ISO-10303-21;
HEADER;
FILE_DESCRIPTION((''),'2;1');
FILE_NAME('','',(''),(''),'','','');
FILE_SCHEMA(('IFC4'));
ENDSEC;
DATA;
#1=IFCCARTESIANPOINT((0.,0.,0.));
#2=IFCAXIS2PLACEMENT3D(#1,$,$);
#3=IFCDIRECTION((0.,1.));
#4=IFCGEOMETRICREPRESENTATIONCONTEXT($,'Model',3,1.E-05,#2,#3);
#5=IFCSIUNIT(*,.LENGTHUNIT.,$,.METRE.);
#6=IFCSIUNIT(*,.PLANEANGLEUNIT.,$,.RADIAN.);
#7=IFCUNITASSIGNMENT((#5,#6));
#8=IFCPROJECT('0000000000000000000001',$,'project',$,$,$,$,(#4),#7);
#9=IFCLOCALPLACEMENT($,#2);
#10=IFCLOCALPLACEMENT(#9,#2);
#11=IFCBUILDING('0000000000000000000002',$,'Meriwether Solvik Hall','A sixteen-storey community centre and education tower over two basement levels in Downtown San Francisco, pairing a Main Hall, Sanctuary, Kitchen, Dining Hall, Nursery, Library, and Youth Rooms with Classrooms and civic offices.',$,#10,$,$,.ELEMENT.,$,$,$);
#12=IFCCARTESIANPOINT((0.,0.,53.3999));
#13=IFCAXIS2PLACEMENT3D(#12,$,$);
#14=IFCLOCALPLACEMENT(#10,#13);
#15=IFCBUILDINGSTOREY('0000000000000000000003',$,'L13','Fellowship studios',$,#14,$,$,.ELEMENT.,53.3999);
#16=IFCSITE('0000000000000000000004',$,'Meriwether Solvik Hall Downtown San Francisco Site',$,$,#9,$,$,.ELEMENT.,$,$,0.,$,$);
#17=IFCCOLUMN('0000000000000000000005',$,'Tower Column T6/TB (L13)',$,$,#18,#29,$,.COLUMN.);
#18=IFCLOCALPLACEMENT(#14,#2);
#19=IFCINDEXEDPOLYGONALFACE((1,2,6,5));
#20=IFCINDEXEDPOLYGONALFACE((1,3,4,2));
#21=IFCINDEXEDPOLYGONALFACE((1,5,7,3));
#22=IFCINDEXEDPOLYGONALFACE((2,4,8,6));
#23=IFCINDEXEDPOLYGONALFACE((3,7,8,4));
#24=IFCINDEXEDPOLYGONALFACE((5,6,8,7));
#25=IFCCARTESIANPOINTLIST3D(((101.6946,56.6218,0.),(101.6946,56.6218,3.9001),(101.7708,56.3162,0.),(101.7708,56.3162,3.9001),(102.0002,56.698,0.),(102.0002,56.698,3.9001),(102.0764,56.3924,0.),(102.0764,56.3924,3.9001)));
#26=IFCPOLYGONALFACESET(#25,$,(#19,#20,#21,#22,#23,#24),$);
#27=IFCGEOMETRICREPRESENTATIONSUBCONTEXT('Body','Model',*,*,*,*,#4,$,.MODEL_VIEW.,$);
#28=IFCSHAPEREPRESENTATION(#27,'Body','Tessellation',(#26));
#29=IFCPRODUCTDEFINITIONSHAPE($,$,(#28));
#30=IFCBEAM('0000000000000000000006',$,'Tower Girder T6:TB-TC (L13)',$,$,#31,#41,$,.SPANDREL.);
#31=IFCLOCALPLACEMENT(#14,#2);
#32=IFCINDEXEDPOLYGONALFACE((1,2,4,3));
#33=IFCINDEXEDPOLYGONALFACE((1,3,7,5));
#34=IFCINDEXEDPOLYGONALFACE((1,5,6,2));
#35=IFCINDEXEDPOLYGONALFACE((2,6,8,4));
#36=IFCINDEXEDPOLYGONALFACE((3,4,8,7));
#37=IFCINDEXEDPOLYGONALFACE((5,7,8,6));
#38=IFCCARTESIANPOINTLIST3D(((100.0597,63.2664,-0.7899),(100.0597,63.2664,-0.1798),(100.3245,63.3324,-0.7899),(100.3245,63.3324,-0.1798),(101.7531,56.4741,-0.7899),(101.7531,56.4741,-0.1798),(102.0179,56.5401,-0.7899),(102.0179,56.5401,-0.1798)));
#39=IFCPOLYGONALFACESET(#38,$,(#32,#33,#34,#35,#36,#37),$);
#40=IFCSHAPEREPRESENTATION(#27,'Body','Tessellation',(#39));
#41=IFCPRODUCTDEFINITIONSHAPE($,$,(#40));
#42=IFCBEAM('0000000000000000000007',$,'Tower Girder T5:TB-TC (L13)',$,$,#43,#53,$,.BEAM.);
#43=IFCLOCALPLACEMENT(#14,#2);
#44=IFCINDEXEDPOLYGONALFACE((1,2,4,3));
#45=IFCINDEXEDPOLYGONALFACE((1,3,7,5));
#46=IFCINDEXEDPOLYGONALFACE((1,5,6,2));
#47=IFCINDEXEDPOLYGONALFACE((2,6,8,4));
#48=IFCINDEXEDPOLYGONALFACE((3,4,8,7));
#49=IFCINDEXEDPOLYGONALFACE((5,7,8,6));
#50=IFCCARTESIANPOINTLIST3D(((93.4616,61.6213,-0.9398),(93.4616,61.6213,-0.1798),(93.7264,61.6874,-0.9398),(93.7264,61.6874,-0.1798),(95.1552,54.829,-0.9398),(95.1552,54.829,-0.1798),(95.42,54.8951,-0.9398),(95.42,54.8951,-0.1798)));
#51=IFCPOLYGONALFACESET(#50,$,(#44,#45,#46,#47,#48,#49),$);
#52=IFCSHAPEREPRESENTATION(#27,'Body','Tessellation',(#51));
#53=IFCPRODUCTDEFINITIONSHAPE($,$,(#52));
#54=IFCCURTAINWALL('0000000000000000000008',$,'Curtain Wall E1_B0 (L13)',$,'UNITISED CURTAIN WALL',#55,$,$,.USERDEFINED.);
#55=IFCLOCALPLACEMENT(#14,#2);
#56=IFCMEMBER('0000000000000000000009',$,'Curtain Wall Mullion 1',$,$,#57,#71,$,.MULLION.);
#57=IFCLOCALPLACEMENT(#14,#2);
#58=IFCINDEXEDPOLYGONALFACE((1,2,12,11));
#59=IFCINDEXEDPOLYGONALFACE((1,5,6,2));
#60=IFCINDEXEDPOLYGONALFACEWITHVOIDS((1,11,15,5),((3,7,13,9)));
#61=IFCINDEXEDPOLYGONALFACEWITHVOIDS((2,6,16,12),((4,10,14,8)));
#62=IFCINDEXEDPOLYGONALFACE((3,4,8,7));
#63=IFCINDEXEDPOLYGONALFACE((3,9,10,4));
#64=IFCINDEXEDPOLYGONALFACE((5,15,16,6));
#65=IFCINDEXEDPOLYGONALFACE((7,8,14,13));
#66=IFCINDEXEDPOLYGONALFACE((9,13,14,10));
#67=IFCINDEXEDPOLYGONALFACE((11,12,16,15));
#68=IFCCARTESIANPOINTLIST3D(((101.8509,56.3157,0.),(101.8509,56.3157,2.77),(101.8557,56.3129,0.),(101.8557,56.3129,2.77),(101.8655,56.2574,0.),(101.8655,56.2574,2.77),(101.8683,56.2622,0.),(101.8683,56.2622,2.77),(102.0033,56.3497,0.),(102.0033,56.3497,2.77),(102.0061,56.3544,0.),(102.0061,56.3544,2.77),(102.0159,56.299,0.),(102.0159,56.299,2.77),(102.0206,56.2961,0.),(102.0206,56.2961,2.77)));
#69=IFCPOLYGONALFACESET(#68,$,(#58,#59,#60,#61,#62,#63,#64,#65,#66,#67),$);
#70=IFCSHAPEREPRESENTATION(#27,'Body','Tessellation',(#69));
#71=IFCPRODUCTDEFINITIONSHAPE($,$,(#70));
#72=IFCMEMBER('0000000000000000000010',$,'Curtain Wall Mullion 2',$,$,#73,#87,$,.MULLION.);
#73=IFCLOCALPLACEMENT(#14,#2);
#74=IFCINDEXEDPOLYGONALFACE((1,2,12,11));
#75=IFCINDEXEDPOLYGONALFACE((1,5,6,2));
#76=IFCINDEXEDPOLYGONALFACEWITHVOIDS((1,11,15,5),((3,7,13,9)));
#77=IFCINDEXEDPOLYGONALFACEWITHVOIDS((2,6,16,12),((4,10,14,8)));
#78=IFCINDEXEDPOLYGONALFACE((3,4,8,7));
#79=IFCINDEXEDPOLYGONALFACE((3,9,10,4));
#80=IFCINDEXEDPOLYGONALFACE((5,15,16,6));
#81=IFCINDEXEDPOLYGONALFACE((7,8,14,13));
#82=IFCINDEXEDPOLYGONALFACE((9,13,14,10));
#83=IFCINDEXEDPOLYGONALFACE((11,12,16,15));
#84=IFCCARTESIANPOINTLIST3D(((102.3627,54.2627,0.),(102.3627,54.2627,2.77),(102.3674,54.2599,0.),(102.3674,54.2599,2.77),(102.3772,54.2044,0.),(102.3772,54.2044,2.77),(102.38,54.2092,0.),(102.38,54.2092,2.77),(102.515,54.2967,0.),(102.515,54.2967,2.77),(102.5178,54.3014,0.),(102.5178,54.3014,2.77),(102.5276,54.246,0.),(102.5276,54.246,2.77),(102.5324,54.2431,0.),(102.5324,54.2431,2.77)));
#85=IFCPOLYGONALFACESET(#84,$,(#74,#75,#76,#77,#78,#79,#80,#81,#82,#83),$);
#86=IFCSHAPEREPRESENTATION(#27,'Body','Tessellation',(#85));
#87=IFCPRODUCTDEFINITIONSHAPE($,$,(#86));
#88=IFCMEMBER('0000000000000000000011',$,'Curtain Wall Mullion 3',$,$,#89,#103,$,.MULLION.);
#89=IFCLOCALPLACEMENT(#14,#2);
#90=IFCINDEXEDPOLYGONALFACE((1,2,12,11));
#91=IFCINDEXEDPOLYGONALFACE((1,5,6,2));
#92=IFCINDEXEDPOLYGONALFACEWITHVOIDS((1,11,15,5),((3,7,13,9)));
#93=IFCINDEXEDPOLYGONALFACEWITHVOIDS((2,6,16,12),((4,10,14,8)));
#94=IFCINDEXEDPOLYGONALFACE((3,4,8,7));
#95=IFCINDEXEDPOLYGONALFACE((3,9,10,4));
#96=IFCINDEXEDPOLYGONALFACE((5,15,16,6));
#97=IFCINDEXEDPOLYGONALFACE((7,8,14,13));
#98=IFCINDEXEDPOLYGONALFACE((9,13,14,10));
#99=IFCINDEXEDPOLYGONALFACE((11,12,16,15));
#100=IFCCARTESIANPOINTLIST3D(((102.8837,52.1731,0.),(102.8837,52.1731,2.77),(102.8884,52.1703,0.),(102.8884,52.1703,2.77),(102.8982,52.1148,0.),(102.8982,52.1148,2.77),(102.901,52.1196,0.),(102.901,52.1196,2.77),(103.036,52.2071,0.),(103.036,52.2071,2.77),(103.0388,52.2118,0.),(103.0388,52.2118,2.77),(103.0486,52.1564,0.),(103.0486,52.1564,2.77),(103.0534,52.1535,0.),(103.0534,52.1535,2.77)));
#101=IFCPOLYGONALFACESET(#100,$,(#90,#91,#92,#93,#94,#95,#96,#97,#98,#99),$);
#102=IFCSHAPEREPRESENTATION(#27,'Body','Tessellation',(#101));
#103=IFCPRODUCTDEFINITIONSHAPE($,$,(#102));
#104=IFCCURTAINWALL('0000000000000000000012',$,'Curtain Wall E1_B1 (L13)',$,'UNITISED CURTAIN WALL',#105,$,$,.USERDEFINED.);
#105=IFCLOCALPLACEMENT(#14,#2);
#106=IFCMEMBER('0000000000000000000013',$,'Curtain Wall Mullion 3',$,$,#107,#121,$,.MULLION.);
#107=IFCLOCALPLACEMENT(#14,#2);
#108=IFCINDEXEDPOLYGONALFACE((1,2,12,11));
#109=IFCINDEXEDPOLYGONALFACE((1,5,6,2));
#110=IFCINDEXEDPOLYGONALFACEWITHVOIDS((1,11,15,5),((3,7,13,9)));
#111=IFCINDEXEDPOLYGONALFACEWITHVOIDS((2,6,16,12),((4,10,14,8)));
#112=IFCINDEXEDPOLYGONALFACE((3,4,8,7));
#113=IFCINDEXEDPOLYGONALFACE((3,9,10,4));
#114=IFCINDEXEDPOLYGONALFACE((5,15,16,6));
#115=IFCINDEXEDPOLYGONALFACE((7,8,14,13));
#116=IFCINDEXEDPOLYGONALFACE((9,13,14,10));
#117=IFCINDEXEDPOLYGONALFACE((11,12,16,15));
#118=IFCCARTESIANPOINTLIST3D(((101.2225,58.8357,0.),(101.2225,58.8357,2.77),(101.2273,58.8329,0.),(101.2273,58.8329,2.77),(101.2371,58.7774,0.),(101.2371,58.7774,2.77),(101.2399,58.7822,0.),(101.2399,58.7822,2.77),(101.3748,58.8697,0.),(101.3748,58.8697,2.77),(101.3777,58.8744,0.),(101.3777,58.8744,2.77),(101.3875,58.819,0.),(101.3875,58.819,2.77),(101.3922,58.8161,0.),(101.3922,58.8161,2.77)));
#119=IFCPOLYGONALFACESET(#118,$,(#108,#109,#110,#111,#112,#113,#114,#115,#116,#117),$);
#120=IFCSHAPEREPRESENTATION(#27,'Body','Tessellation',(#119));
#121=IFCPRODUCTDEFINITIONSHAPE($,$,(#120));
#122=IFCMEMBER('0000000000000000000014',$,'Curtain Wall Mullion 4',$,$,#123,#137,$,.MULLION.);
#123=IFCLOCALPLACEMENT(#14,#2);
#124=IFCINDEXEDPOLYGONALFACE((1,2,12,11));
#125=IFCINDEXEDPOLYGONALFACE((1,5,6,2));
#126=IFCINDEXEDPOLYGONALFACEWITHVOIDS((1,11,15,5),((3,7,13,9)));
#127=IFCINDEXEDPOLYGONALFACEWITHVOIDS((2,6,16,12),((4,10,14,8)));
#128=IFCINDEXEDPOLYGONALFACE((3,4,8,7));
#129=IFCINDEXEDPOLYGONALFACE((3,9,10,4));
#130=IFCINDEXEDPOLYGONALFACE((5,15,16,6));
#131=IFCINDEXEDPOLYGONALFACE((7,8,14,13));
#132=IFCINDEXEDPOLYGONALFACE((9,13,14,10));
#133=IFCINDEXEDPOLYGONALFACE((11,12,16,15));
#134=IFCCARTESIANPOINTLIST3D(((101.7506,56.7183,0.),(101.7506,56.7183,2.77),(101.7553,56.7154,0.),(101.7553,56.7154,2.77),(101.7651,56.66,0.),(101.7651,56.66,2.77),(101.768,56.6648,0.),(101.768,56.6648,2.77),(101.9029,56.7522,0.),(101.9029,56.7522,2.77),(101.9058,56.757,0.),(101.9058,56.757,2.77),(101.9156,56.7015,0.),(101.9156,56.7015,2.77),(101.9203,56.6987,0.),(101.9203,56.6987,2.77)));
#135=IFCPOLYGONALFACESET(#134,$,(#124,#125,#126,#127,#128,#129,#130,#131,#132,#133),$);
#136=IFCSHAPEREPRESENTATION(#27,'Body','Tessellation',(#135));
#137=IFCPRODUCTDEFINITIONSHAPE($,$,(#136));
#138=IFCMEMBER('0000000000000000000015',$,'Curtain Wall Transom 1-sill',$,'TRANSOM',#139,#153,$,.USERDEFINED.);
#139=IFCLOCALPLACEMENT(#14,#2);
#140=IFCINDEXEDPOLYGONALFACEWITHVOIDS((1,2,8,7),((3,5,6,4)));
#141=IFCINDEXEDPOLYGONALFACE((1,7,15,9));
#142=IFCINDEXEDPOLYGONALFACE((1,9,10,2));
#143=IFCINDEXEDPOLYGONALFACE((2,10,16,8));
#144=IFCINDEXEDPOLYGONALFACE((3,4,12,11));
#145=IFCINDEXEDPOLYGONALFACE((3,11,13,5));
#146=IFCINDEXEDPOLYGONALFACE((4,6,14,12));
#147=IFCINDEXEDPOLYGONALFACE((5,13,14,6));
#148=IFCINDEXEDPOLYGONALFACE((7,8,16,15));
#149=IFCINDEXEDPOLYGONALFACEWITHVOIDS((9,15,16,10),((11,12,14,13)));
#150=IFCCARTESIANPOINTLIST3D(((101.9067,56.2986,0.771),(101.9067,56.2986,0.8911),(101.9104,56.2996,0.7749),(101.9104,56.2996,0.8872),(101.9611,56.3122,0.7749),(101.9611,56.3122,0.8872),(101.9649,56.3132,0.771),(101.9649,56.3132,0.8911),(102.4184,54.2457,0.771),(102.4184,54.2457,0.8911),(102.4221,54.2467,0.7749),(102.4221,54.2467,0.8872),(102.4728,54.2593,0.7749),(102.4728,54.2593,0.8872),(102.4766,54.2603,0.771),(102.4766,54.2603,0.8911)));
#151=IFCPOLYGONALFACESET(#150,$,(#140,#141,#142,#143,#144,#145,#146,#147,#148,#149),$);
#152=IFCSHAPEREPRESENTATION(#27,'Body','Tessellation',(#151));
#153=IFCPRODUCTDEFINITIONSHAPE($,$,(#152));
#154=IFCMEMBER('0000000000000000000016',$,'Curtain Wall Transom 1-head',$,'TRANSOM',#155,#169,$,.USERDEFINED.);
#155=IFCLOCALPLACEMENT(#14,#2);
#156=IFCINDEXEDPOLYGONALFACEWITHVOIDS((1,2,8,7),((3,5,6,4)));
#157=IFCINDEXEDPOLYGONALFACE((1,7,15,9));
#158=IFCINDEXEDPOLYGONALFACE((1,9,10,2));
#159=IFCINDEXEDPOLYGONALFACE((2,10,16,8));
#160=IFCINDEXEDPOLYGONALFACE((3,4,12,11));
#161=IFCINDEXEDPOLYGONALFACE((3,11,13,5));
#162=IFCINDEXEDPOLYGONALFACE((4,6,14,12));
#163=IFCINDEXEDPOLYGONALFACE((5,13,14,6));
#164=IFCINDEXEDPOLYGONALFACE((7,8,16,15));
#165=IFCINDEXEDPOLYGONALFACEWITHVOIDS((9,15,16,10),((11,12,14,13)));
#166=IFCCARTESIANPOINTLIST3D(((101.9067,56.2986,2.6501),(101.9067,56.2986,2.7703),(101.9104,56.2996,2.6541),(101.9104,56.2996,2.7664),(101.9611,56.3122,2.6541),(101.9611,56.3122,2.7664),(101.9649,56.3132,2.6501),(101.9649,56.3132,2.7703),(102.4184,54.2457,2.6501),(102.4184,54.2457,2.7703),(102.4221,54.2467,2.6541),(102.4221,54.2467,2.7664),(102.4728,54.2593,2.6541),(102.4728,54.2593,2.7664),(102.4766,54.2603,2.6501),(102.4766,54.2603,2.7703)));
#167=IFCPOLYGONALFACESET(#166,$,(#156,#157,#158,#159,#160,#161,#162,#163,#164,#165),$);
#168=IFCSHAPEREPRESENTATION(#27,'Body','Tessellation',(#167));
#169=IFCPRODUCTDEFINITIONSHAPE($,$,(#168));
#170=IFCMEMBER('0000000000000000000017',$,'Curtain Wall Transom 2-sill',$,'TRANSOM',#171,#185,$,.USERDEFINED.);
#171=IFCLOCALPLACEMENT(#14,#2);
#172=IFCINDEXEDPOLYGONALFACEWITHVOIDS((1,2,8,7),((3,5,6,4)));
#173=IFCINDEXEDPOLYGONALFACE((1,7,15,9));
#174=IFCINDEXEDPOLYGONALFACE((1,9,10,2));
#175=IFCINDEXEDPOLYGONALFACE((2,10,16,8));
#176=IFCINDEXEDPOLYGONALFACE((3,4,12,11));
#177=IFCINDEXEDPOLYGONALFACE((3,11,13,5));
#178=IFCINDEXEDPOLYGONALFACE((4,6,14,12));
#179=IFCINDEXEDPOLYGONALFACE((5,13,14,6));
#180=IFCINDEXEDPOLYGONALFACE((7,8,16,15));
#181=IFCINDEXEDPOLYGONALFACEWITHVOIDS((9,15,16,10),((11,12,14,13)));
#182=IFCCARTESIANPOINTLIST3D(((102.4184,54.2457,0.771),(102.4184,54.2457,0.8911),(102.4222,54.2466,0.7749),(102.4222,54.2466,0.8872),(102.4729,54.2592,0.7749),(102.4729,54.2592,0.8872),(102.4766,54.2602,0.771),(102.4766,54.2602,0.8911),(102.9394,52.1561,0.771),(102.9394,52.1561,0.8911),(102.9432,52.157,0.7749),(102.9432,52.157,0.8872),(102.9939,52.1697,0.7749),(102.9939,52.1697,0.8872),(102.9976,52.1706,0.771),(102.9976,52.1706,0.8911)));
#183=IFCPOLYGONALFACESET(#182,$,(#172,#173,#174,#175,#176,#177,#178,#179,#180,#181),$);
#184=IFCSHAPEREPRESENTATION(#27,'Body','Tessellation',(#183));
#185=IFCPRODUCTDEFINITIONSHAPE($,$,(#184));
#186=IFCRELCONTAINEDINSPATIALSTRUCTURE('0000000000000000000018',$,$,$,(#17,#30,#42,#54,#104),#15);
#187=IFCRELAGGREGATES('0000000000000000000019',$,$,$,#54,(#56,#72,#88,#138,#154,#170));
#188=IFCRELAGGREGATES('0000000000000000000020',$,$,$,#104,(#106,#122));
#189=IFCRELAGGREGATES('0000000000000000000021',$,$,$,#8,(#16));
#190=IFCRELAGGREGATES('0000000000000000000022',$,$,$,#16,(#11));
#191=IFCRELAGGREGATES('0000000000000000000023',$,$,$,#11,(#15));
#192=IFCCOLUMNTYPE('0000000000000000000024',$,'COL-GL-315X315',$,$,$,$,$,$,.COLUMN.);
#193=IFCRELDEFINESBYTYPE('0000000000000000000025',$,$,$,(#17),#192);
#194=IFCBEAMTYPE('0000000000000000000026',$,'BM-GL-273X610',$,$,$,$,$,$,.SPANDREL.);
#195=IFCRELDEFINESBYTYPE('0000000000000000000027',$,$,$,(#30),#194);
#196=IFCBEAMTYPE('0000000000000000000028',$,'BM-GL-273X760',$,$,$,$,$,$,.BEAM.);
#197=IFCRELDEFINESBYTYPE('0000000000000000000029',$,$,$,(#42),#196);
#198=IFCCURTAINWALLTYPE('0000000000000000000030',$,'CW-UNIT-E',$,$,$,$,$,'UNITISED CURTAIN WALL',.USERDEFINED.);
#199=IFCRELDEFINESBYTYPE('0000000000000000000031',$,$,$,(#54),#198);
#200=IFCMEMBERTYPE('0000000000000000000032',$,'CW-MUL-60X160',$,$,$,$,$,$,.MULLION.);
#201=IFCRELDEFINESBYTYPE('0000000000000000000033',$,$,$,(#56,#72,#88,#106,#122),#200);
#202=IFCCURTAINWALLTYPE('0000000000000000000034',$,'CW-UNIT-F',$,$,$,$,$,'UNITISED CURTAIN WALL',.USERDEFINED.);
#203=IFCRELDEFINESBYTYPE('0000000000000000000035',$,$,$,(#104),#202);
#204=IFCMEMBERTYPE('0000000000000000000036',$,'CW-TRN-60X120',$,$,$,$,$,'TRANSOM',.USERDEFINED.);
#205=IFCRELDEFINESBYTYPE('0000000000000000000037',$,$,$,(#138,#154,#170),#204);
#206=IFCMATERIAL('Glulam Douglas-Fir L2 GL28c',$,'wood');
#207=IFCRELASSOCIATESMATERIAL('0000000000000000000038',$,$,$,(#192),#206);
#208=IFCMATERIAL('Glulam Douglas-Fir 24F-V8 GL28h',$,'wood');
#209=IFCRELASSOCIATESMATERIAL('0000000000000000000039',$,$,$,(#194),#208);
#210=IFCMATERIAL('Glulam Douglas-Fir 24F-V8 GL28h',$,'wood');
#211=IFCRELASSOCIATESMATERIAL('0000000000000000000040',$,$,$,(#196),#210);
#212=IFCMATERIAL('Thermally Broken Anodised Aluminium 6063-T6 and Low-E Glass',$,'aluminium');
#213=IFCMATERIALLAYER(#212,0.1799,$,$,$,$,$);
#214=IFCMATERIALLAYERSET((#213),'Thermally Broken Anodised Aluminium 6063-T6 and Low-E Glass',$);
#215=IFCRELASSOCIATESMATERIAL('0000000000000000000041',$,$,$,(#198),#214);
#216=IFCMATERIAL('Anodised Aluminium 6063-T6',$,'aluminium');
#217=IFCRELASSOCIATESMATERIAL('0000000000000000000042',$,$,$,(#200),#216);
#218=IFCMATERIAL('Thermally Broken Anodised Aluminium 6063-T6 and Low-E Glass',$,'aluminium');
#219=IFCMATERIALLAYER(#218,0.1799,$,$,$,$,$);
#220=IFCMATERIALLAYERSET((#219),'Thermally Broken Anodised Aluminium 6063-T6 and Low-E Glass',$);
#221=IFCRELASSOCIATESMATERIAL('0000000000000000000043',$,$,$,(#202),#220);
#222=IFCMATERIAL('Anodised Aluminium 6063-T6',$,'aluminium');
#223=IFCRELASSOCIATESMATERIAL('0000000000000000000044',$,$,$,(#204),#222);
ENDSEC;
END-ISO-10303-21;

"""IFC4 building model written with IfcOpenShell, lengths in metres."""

from ifc_helpers import new_model, si_unit, direction, frame, origin, origin_2d, place, context, subcontext, project, spatial, rectangle, hollow_rectangle, extrude, material, layer, layer_set, material_profile, profile_set, type_object, element, aggregate, save


model = new_model("IFC4")

# Units and contexts
model_context = context("Model", 3, precision=1e-05, world=origin(), true_north=direction((0.0, 1.0)))
body_context = subcontext(model_context, "Body", "Model", "MODEL_VIEW")
ifc_project = project(units=[si_unit("LENGTHUNIT", "METRE"), si_unit("PLANEANGLEUNIT", "RADIAN")], contexts=[model_context])

# Site, building, storey
site_placement = place(None, origin())
site = spatial("IfcSite", under=ifc_project, at=site_placement, Name="Meriwether Solvik Hall Downtown San Francisco Site", CompositionType="ELEMENT", RefElevation=0.0)
building_placement = place(site_placement, origin())
building = spatial("IfcBuilding", under=site, at=building_placement, Name="Meriwether Solvik Hall", Description="A sixteen-storey community centre and education tower over two basement levels in Downtown San Francisco, pairing a Main Hall, Sanctuary, Kitchen, Dining Hall, Nursery, Library, and Youth Rooms with Classrooms and civic offices.", CompositionType="ELEMENT")
storey_placement = place(building_placement, frame((0.0, 0.0, 53.3999)))
storey = spatial("IfcBuildingStorey", under=building, at=storey_placement, Name="L13", Description="Fellowship studios", CompositionType="ELEMENT", Elevation=53.3999)

# Column
ifc_material_1 = material(Name="Glulam Douglas-Fir L2 GL28c", Category="wood")
ifc_material_profile_1 = material_profile(ifc_material_1, rectangle(XDim=0.3149, YDim=0.3149, at=origin_2d()), Name="GLC-315X315")
ifc_profile_set_1 = profile_set([ifc_material_profile_1], Name="Glulam Douglas-Fir L2 GL28c")
column_type = type_object("IfcColumnType", Name="COL-GL-315X315", PredefinedType="COLUMN", material=ifc_profile_set_1)
column_placement = place(storey_placement, frame((101.8855, 56.5071, 0.0), z_axis=(0.0, 0.0, 1.0), x_axis=(0.970296, 0.241922, 0.0)))
element("IfcColumn", 1, at=column_placement, inside=storey, type_object=column_type, Name="Tower Column T6/TB (L13)", PredefinedType="COLUMN", context=body_context, shape_type="SweptSolid", body=[
    extrude(rectangle(XDim=0.3149, YDim=0.3149, at=origin_2d()), origin(), (0.0, 0.0, 1.0), 3.9001),
])

# Beams
ifc_material_2 = material(Name="Glulam Douglas-Fir 24F-V8 GL28h", Category="wood")
ifc_material_profile_2 = material_profile(ifc_material_2, rectangle(XDim=0.2729, YDim=0.6101, at=origin_2d()), Name="GLB-273X610")
ifc_profile_set_2 = profile_set([ifc_material_profile_2], Name="Glulam Douglas-Fir 24F-V8 GL28h")
beam_type_1 = type_object("IfcBeamType", Name="BM-GL-273X610", PredefinedType="SPANDREL", material=ifc_profile_set_2)
beam_1_placement = place(storey_placement, frame((101.8855, 56.5071, -0.4849), z_axis=(-0.241904, 0.9703, 0.0), x_axis=(-0.9703, -0.241904, 0.0)))
element("IfcBeam", 2, at=beam_1_placement, inside=storey, type_object=beam_type_1, Name="Tower Girder T6:TB-TC (L13)", PredefinedType="SPANDREL", context=body_context, shape_type="SweptSolid", body=[
    extrude(rectangle(XDim=0.2729, YDim=0.6101, at=origin_2d()), origin(), (0.0, 0.0, 1.0), 7.0002),
])
ifc_material_3 = material(Name="Glulam Douglas-Fir 24F-V8 GL28h", Category="wood")
ifc_material_profile_3 = material_profile(ifc_material_3, rectangle(XDim=0.2729, YDim=0.76, at=origin_2d()), Name="GLB-273X760")
ifc_profile_set_3 = profile_set([ifc_material_profile_3], Name="Glulam Douglas-Fir 24F-V8 GL28h")
beam_type_2 = type_object("IfcBeamType", Name="BM-GL-273X760", PredefinedType="BEAM", material=ifc_profile_set_3)
beam_2_placement = place(storey_placement, frame((95.2876, 54.8621, -0.5598), z_axis=(-0.241937, 0.970292, 0.0), x_axis=(-0.970292, -0.241937, 0.0)))
element("IfcBeam", 3, at=beam_2_placement, inside=storey, type_object=beam_type_2, Name="Tower Girder T5:TB-TC (L13)", PredefinedType="BEAM", context=body_context, shape_type="SweptSolid", body=[
    extrude(rectangle(XDim=0.2729, YDim=0.76, at=origin_2d()), origin(), (0.0, 0.0, 1.0), 7.0002),
])

# Curtain walls, members
ifc_material_4 = material(Name="Thermally Broken Anodised Aluminium 6063-T6 and Low-E Glass", Category="aluminium")
ifc_layer_1 = layer(ifc_material_4, 0.1799)
ifc_layer_set_1 = layer_set([ifc_layer_1], Name="Thermally Broken Anodised Aluminium 6063-T6 and Low-E Glass")
curtain_wall_type_1 = type_object("IfcCurtainWallType", Name="CW-UNIT-E", ElementType="UNITISED CURTAIN WALL", PredefinedType="USERDEFINED", material=ifc_layer_set_1)
curtain_wall_1_placement = place(storey_placement, origin())
curtain_wall_1 = element("IfcCurtainWall", 4, at=curtain_wall_1_placement, inside=storey, type_object=curtain_wall_type_1, Name="Curtain Wall E1_B0 (L13)", ObjectType="UNITISED CURTAIN WALL", PredefinedType="USERDEFINED")
ifc_material_5 = material(Name="Anodised Aluminium 6063-T6", Category="aluminium")
ifc_material_profile_4 = material_profile(ifc_material_5, hollow_rectangle(XDim=0.0601, YDim=0.1599, WallThickness=0.0039, at=origin_2d()), Name="CWM-60X160")
ifc_profile_set_4 = profile_set([ifc_material_profile_4], Name="Anodised Aluminium 6063-T6")
member_type_1 = type_object("IfcMemberType", Name="CW-MUL-60X160", PredefinedType="MULLION", material=ifc_profile_set_4)
member_1_placement = place(storey_placement, frame((101.9358, 56.3059, 0.0), z_axis=(0.0, 0.0, 1.0), x_axis=(0.241922, -0.970296, 0.0)))
member_1 = element("IfcMember", 5, at=member_1_placement, type_object=member_type_1, Name="Curtain Wall Mullion 1", PredefinedType="MULLION", context=body_context, shape_type="SweptSolid", body=[
    extrude(hollow_rectangle(XDim=0.0601, YDim=0.1599, WallThickness=0.0039, at=origin_2d()), origin(), (0.0, 0.0, 1.0), 2.77),
])
member_2_placement = place(storey_placement, frame((102.4475, 54.2529, 0.0), z_axis=(0.0, 0.0, 1.0), x_axis=(0.241922, -0.970296, 0.0)))
member_2 = element("IfcMember", 6, at=member_2_placement, type_object=member_type_1, Name="Curtain Wall Mullion 2", PredefinedType="MULLION", context=body_context, shape_type="SweptSolid", body=[
    extrude(hollow_rectangle(XDim=0.0601, YDim=0.1599, WallThickness=0.0039, at=origin_2d()), origin(), (0.0, 0.0, 1.0), 2.77),
])
member_3_placement = place(storey_placement, frame((102.9685, 52.1633, 0.0), z_axis=(0.0, 0.0, 1.0), x_axis=(0.241922, -0.970296, 0.0)))
member_3 = element("IfcMember", 7, at=member_3_placement, type_object=member_type_1, Name="Curtain Wall Mullion 3", PredefinedType="MULLION", context=body_context, shape_type="SweptSolid", body=[
    extrude(hollow_rectangle(XDim=0.0601, YDim=0.1599, WallThickness=0.0039, at=origin_2d()), origin(), (0.0, 0.0, 1.0), 2.77),
])
ifc_material_6 = material(Name="Thermally Broken Anodised Aluminium 6063-T6 and Low-E Glass", Category="aluminium")
ifc_layer_2 = layer(ifc_material_6, 0.1799)
ifc_layer_set_2 = layer_set([ifc_layer_2], Name="Thermally Broken Anodised Aluminium 6063-T6 and Low-E Glass")
curtain_wall_type_2 = type_object("IfcCurtainWallType", Name="CW-UNIT-F", ElementType="UNITISED CURTAIN WALL", PredefinedType="USERDEFINED", material=ifc_layer_set_2)
curtain_wall_2_placement = place(storey_placement, origin())
curtain_wall_2 = element("IfcCurtainWall", 8, at=curtain_wall_2_placement, inside=storey, type_object=curtain_wall_type_2, Name="Curtain Wall E1_B1 (L13)", ObjectType="UNITISED CURTAIN WALL", PredefinedType="USERDEFINED")
member_4_placement = place(storey_placement, frame((101.3074, 58.8259, 0.0), z_axis=(0.0, 0.0, 1.0), x_axis=(0.241922, -0.970296, 0.0)))
member_4 = element("IfcMember", 9, at=member_4_placement, type_object=member_type_1, Name="Curtain Wall Mullion 3", PredefinedType="MULLION", context=body_context, shape_type="SweptSolid", body=[
    extrude(hollow_rectangle(XDim=0.0601, YDim=0.1599, WallThickness=0.0039, at=origin_2d()), origin(), (0.0, 0.0, 1.0), 2.77),
])
member_5_placement = place(storey_placement, frame((101.8354, 56.7085, 0.0), z_axis=(0.0, 0.0, 1.0), x_axis=(0.241922, -0.970296, 0.0)))
member_5 = element("IfcMember", 10, at=member_5_placement, type_object=member_type_1, Name="Curtain Wall Mullion 4", PredefinedType="MULLION", context=body_context, shape_type="SweptSolid", body=[
    extrude(hollow_rectangle(XDim=0.0601, YDim=0.1599, WallThickness=0.0039, at=origin_2d()), origin(), (0.0, 0.0, 1.0), 2.77),
])

# Members
ifc_material_7 = material(Name="Anodised Aluminium 6063-T6", Category="aluminium")
ifc_material_profile_5 = material_profile(ifc_material_7, hollow_rectangle(XDim=0.0601, YDim=0.1201, WallThickness=0.0039, at=origin_2d()), Name="CWT-60X120")
ifc_profile_set_5 = profile_set([ifc_material_profile_5], Name="Anodised Aluminium 6063-T6")
member_type_2 = type_object("IfcMemberType", Name="CW-TRN-60X120", ElementType="TRANSOM", PredefinedType="USERDEFINED", material=ifc_profile_set_5)
member_6_placement = place(storey_placement, frame((101.9358, 56.3059, 0.8311), z_axis=(0.241857, -0.970312, 0.0), x_axis=(0.970312, 0.241857, 0.0)))
member_6 = element("IfcMember", 11, at=member_6_placement, type_object=member_type_2, Name="Curtain Wall Transom 1-sill", ObjectType="TRANSOM", PredefinedType="USERDEFINED", context=body_context, shape_type="SweptSolid", body=[
    extrude(hollow_rectangle(XDim=0.0601, YDim=0.1201, WallThickness=0.0039, at=origin_2d()), origin(), (0.0, 0.0, 1.0), 2.1157),
])
member_7_placement = place(storey_placement, frame((101.9358, 56.3059, 2.7102), z_axis=(0.241857, -0.970312, 0.0), x_axis=(0.970312, 0.241857, 0.0)))
member_7 = element("IfcMember", 12, at=member_7_placement, type_object=member_type_2, Name="Curtain Wall Transom 1-head", ObjectType="TRANSOM", PredefinedType="USERDEFINED", context=body_context, shape_type="SweptSolid", body=[
    extrude(hollow_rectangle(XDim=0.0601, YDim=0.1201, WallThickness=0.0039, at=origin_2d()), origin(), (0.0, 0.0, 1.0), 2.1157),
])
member_8_placement = place(storey_placement, frame((102.4475, 54.2529, 0.8311), z_axis=(0.241922, -0.970296, 0.0), x_axis=(0.970296, 0.241922, 0.0)))
member_8 = element("IfcMember", 13, at=member_8_placement, type_object=member_type_2, Name="Curtain Wall Transom 2-sill", ObjectType="TRANSOM", PredefinedType="USERDEFINED", context=body_context, shape_type="SweptSolid", body=[
    extrude(hollow_rectangle(XDim=0.0601, YDim=0.1201, WallThickness=0.0039, at=origin_2d()), origin(), (0.0, 0.0, 1.0), 2.1536),
])

aggregate(curtain_wall_1, [member_1, member_2, member_3, member_6, member_7, member_8])
aggregate(curtain_wall_2, [member_4, member_5])

save(model, "model.ifc")
